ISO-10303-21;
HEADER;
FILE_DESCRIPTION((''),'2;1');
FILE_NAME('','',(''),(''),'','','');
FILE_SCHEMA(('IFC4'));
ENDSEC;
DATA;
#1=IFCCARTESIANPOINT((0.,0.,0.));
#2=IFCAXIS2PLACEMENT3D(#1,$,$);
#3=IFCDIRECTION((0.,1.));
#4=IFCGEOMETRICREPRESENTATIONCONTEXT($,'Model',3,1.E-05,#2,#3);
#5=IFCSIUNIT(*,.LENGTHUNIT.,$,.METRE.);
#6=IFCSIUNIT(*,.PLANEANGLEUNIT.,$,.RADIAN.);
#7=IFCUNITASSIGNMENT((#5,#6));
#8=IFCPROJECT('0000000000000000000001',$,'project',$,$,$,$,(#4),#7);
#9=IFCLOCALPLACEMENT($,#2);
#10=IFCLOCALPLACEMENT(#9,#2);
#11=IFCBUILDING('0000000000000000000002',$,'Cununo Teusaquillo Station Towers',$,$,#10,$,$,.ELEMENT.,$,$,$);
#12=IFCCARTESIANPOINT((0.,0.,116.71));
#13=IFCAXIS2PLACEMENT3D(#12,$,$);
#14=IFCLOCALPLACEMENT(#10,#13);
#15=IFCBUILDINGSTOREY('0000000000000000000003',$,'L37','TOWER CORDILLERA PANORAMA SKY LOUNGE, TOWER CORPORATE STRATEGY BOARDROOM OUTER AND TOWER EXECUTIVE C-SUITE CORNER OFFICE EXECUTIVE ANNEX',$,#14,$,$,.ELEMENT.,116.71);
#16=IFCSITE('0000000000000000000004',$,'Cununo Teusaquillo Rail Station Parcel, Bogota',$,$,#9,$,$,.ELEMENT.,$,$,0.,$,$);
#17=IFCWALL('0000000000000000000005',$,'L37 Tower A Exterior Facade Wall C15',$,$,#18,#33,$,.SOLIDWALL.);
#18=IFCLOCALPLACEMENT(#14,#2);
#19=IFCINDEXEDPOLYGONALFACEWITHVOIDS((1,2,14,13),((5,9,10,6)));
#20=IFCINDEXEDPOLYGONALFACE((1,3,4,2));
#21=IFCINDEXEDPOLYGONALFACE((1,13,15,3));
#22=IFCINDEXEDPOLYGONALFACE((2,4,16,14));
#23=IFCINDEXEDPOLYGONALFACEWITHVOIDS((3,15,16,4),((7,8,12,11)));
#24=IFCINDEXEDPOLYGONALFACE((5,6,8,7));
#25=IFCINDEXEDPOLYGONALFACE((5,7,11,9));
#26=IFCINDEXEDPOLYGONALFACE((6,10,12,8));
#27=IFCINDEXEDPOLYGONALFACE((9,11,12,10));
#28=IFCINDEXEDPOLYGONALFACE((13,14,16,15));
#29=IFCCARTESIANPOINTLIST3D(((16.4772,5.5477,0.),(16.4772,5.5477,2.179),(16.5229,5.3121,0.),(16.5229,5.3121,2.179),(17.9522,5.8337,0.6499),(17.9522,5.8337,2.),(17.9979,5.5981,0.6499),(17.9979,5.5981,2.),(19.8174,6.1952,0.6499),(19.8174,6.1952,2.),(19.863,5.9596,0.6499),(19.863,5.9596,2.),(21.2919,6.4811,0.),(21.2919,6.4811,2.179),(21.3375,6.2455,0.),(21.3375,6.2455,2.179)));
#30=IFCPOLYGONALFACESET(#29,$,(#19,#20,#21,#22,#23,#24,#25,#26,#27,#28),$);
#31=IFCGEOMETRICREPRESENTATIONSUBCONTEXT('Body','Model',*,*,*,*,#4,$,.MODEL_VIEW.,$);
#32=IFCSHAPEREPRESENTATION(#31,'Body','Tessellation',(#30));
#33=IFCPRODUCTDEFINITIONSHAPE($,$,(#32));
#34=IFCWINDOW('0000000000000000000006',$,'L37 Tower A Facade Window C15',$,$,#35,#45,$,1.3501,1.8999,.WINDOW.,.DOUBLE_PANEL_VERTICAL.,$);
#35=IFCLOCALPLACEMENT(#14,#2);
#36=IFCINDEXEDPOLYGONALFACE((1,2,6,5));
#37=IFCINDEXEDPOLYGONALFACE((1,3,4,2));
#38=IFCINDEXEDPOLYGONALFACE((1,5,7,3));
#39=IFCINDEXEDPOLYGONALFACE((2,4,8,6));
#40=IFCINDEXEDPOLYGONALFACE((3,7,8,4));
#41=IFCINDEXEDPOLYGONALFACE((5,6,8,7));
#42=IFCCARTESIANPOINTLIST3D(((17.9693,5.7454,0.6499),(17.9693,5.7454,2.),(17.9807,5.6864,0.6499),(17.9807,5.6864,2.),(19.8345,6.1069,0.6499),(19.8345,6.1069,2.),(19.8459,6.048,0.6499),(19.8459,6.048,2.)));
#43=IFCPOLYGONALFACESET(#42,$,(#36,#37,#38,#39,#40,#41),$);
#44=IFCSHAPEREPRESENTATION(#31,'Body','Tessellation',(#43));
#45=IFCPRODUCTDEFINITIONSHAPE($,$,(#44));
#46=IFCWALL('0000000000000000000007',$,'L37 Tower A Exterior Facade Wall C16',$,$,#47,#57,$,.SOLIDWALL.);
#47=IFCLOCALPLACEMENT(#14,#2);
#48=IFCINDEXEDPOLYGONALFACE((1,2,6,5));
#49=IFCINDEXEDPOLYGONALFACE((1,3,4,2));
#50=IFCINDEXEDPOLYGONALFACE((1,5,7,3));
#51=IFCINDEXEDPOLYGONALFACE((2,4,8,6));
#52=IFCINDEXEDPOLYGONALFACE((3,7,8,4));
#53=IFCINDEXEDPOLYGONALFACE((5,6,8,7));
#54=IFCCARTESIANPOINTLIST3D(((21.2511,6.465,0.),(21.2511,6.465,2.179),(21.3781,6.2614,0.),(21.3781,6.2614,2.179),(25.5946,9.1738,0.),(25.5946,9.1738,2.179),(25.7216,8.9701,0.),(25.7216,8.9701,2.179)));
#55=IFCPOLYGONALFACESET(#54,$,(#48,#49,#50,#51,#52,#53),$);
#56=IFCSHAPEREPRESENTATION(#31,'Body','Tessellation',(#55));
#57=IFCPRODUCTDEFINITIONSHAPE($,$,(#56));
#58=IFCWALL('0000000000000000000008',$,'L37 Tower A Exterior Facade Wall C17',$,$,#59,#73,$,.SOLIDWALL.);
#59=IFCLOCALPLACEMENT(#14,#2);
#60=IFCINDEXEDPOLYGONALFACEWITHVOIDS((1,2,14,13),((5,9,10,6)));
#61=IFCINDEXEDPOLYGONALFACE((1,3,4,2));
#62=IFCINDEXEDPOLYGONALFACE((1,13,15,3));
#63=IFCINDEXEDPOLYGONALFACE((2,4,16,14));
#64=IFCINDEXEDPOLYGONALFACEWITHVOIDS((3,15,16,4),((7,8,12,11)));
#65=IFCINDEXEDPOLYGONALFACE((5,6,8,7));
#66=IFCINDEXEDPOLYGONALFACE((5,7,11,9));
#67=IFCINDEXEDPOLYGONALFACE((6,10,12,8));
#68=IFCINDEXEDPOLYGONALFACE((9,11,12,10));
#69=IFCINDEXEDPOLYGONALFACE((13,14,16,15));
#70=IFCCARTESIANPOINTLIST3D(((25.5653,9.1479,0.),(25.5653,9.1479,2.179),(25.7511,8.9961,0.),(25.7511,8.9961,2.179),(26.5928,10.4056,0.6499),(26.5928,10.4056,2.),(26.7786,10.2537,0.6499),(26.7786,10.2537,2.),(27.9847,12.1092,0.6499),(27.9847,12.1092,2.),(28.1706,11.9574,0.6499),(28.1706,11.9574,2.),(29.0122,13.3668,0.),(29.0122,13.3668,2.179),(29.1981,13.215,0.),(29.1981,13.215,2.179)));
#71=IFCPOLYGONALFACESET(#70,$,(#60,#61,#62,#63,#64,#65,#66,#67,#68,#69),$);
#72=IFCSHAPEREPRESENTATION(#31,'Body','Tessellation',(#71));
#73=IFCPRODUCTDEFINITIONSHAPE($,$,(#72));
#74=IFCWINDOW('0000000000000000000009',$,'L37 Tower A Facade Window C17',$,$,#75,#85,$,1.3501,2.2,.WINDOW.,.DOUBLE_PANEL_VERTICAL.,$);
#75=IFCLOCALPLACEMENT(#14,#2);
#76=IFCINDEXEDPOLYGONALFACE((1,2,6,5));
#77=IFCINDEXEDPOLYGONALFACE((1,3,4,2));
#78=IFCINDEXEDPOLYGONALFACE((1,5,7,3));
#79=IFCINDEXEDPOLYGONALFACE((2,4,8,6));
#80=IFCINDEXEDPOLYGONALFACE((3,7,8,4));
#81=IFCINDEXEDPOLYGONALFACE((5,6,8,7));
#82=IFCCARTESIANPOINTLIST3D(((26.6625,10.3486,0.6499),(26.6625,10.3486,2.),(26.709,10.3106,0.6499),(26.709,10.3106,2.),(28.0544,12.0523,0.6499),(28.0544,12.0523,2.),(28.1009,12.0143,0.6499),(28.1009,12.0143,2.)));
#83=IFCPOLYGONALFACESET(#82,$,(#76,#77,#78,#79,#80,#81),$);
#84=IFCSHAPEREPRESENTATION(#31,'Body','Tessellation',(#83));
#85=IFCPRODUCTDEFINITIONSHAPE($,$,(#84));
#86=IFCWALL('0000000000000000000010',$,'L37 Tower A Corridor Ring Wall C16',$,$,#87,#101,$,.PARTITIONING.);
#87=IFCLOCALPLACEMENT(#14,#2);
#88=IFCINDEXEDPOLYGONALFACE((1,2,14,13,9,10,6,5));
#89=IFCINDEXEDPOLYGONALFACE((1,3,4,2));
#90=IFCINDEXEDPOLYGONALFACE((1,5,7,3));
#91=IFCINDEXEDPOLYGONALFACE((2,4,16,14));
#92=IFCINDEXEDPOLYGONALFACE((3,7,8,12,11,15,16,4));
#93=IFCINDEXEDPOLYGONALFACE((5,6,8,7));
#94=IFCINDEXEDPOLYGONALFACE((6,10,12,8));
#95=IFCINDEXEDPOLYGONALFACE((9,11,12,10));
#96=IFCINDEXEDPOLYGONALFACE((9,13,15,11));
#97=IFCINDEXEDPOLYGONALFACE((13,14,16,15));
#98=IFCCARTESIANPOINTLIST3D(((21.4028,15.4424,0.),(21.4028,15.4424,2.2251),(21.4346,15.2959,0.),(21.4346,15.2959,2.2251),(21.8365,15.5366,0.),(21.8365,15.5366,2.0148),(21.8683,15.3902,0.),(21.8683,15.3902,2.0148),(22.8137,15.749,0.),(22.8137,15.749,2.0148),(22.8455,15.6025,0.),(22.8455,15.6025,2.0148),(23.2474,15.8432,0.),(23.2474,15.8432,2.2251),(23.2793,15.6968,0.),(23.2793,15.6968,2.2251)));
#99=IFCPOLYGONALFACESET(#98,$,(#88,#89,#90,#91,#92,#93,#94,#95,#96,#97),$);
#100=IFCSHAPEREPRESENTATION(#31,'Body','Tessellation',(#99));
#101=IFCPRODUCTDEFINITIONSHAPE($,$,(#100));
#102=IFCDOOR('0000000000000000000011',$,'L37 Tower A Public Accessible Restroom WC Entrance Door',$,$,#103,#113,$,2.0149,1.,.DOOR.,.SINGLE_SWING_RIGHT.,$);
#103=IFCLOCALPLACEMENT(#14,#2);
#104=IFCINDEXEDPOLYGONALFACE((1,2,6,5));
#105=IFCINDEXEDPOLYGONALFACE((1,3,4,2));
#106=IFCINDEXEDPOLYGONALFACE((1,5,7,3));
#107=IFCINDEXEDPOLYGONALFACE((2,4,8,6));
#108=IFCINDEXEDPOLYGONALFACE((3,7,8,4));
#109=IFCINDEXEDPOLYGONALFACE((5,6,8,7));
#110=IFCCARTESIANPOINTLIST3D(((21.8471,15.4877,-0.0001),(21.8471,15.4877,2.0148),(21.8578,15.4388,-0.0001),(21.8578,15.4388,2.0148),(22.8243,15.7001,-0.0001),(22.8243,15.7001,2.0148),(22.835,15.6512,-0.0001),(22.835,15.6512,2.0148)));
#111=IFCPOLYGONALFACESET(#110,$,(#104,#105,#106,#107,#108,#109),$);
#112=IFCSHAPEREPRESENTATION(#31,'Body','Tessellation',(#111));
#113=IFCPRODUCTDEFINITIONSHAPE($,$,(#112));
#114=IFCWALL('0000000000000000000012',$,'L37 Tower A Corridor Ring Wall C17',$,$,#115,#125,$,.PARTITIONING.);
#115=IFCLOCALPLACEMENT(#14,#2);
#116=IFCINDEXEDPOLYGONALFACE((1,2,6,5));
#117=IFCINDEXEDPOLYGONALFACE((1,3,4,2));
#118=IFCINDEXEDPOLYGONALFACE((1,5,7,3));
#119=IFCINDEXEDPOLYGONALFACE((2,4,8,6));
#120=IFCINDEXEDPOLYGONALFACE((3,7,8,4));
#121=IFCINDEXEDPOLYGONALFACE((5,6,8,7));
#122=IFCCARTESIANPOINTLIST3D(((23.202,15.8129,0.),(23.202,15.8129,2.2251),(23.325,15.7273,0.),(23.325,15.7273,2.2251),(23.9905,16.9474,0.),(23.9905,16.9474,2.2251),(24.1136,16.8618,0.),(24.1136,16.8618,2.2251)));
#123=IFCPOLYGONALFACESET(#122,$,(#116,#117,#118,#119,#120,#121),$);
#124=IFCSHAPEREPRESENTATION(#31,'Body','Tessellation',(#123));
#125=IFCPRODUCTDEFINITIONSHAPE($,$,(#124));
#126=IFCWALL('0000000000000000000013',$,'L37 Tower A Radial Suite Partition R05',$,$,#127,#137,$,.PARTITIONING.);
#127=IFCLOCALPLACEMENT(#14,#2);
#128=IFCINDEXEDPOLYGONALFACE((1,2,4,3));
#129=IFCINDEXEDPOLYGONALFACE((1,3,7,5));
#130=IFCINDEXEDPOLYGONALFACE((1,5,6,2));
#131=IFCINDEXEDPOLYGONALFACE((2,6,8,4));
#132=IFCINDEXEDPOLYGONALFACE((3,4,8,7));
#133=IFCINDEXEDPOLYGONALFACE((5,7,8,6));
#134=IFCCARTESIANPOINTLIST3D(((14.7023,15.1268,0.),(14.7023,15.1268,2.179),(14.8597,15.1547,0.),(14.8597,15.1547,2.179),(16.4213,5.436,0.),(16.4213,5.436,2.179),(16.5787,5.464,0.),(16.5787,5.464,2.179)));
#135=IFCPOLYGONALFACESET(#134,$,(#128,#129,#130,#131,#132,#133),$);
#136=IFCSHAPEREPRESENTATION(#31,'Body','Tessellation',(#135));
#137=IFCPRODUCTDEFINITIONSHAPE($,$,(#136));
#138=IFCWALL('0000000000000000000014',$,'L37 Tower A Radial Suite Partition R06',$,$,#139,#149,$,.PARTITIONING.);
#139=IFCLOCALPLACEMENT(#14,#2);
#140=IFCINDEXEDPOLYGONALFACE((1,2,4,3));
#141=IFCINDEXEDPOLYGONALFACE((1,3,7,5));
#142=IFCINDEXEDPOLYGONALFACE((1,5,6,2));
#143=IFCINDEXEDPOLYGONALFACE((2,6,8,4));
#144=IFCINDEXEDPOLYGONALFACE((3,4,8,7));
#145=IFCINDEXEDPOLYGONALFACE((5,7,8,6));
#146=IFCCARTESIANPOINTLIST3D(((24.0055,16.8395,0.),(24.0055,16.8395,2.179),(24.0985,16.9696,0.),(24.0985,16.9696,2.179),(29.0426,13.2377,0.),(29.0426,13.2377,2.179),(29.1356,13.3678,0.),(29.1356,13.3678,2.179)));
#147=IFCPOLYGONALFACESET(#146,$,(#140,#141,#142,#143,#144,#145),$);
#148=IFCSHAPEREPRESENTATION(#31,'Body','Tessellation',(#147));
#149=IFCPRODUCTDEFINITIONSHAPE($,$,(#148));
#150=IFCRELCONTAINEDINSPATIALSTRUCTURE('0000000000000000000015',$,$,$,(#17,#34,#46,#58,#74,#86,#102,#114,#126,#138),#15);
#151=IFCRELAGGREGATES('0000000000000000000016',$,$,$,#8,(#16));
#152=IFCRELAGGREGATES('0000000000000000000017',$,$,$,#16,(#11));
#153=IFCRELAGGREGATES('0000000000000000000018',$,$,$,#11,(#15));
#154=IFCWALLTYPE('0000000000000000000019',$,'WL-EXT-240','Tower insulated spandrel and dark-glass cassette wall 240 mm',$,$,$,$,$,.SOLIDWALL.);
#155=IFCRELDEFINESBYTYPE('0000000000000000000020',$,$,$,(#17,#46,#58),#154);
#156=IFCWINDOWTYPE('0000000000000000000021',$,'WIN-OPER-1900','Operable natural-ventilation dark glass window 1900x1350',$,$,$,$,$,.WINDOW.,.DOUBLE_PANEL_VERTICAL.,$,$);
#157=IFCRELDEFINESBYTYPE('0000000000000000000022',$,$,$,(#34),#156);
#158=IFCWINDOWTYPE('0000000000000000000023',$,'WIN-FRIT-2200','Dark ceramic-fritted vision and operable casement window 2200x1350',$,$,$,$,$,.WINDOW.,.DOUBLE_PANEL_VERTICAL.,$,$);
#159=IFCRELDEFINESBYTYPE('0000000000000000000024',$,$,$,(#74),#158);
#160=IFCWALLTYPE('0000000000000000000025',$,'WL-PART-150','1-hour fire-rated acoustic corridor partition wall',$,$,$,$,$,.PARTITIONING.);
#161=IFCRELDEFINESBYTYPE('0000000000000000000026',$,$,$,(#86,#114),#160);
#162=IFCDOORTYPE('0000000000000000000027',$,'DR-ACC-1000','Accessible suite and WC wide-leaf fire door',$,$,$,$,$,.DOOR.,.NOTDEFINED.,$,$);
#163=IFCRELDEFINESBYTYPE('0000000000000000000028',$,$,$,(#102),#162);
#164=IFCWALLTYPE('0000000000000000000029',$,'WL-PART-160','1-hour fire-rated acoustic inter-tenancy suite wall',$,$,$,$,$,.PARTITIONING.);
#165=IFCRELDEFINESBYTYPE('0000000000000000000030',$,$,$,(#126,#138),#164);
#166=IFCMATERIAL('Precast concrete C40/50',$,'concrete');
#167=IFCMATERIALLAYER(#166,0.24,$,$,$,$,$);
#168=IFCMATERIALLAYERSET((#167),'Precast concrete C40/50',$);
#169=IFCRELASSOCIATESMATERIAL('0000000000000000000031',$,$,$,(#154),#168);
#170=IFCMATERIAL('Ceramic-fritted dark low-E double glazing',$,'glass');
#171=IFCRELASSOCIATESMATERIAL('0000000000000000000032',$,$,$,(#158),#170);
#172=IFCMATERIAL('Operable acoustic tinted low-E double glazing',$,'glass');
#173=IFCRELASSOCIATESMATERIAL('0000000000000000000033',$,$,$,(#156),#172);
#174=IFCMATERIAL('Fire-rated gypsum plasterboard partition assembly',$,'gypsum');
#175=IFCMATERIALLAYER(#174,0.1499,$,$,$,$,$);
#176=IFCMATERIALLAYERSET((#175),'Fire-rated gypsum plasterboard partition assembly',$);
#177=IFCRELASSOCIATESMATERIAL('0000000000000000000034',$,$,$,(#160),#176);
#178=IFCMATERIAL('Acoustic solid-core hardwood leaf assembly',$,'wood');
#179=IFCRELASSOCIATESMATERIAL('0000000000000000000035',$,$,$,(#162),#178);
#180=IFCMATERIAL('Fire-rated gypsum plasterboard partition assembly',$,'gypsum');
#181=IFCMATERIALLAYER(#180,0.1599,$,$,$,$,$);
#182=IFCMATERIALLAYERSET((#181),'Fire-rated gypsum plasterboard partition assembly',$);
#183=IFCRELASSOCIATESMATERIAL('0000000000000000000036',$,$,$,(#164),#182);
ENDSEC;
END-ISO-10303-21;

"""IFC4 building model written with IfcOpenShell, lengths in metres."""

from ifc_helpers import new_model, si_unit, direction, frame, frame_2d, origin, place, context, subcontext, project, spatial, rectangle, extrude, source, transform, mapped, material, layer, layer_set, type_object, element, fill, save


model = new_model("IFC4")

# Units and contexts
model_context = context("Model", 3, precision=1e-05, world=origin(), true_north=direction((0.0, 1.0)))
body_context = subcontext(model_context, "Body", "Model", "MODEL_VIEW")
ifc_project = project(units=[si_unit("LENGTHUNIT", "METRE"), si_unit("PLANEANGLEUNIT", "RADIAN")], contexts=[model_context])

# Site, building, storey
site_placement = place(None, origin())
site = spatial("IfcSite", under=ifc_project, at=site_placement, Name="Cununo Teusaquillo Rail Station Parcel, Bogota", CompositionType="ELEMENT", RefElevation=0.0)
building_placement = place(site_placement, origin())
building = spatial("IfcBuilding", under=site, at=building_placement, Name="Cununo Teusaquillo Station Towers", CompositionType="ELEMENT")
storey_placement = place(building_placement, frame((0.0, 0.0, 116.71)))
storey = spatial("IfcBuildingStorey", under=building, at=storey_placement, Name="L37", Description="TOWER CORDILLERA PANORAMA SKY LOUNGE, TOWER CORPORATE STRATEGY BOARDROOM OUTER AND TOWER EXECUTIVE C-SUITE CORNER OFFICE EXECUTIVE ANNEX", CompositionType="ELEMENT", Elevation=116.71)

# Wall, opening, window
ifc_material_1 = material(Name="Precast concrete C40/50", Category="concrete")
ifc_layer_1 = layer(ifc_material_1, 0.24)
ifc_layer_set_1 = layer_set([ifc_layer_1], Name="Precast concrete C40/50")
wall_type_1 = type_object("IfcWallType", Name="WL-EXT-240", Description="Tower insulated spandrel and dark-glass cassette wall 240 mm", PredefinedType="SOLIDWALL", material=ifc_layer_set_1)
shared_shape_1 = source(origin(), body_context, "Body", "SweptSolid", [
    extrude(rectangle(XDim=2.2, YDim=1.3501, at=frame_2d((1.1001, 0.675))), frame((0.0, 0.1299, 0.0), z_axis=(0.0, -1.0, 0.0), x_axis=(1.0, 0.0, 0.0)), (0.0, 0.0, 1.0), 0.26),
])
ifc_material_2 = material(Name="Ceramic-fritted dark low-E double glazing", Category="glass")
window_type_1 = type_object("IfcWindowType", Name="WIN-FRIT-2200", Description="Dark ceramic-fritted vision and operable casement window 2200x1350", PartitioningType="DOUBLE_PANEL_VERTICAL", PredefinedType="WINDOW", material=ifc_material_2)
shared_shape_2 = source(origin(), body_context, "Body", "SweptSolid", [
    extrude(rectangle(XDim=2.2, YDim=1.3501, at=frame_2d((1.1001, 0.675))), frame((0.0, 0.03, 0.0), z_axis=(0.0, -1.0, 0.0), x_axis=(1.0, 0.0, 0.0)), (0.0, 0.0, 1.0), 0.0601),
])
wall_1_placement = place(storey_placement, frame((21.3147, 6.3633, 0.0), z_axis=(0.0, 0.0, 1.0), x_axis=(-0.981724, -0.190311, 0.0)))
wall_1 = element("IfcWall", 1, at=wall_1_placement, inside=storey, type_object=wall_type_1, Name="L37 Tower A Exterior Facade Wall C15", PredefinedType="SOLIDWALL", context=body_context, shape_type="SweptSolid", body=[
    extrude(rectangle(XDim=4.9043, YDim=0.24, at=frame_2d((2.4521, 0.0))), origin(), (0.0, 0.0, 1.0), 2.179),
])
shared_shape_3 = source(origin(), body_context, "Body", "SweptSolid", [
    extrude(rectangle(XDim=1.8999, YDim=1.3501, at=frame_2d((0.95, 0.675))), frame((0.0, 0.1299, 0.0), z_axis=(0.0, -1.0, 0.0), x_axis=(1.0, 0.0, 0.0)), (0.0, 0.0, 1.0), 0.26),
])
opening_1_placement = place(wall_1_placement, frame((1.502, 0.0, 0.6499)))
opening_1 = element("IfcOpeningElement", 2, at=opening_1_placement, cuts=wall_1, PredefinedType="OPENING", context=body_context, shape_type="MappedRepresentation", body=[
    mapped(shared_shape_3, transform((0.0, 0.0, 0.0), x_axis=(1.0, 0.0, 0.0), y_axis=(0.0, 1.0, 0.0), z_axis=(0.0, 0.0, 1.0), scale=1.0)),
])
ifc_material_3 = material(Name="Operable acoustic tinted low-E double glazing", Category="glass")
window_type_2 = type_object("IfcWindowType", Name="WIN-OPER-1900", Description="Operable natural-ventilation dark glass window 1900x1350", PartitioningType="DOUBLE_PANEL_VERTICAL", PredefinedType="WINDOW", material=ifc_material_3)
shared_shape_4 = source(origin(), body_context, "Body", "SweptSolid", [
    extrude(rectangle(XDim=1.8999, YDim=1.3501, at=frame_2d((0.95, 0.675))), frame((0.0, 0.03, 0.0), z_axis=(0.0, -1.0, 0.0), x_axis=(1.0, 0.0, 0.0)), (0.0, 0.0, 1.0), 0.0601),
])
window_1_placement = place(opening_1_placement, origin())
window_1 = element("IfcWindow", 3, at=window_1_placement, inside=storey, type_object=window_type_2, Name="L37 Tower A Facade Window C15", OverallHeight=1.3501, OverallWidth=1.8999, PartitioningType="DOUBLE_PANEL_VERTICAL", PredefinedType="WINDOW", context=body_context, shape_type="MappedRepresentation", body=[
    mapped(shared_shape_4, transform((0.0, 0.0, 0.0), x_axis=(1.0, 0.0, 0.0), y_axis=(0.0, 1.0, 0.0), z_axis=(0.0, 0.0, 1.0), scale=1.0)),
])
fill(opening_1, window_1)

# Wall
wall_2_placement = place(storey_placement, frame((25.6582, 9.072, 0.0), z_axis=(0.0, 0.0, 1.0), x_axis=(-0.84852, -0.529163, 0.0)))
element("IfcWall", 4, at=wall_2_placement, inside=storey, type_object=wall_type_1, Name="L37 Tower A Exterior Facade Wall C16", PredefinedType="SOLIDWALL", context=body_context, shape_type="SweptSolid", body=[
    extrude(rectangle(XDim=5.1189, YDim=0.24, at=frame_2d((2.5596, 0.0))), origin(), (0.0, 0.0, 1.0), 2.179),
])

# Wall, opening, window
wall_3_placement = place(storey_placement, frame((29.1052, 13.291, 0.0), z_axis=(0.0, 0.0, 1.0), x_axis=(-0.632701, -0.774396, 0.0)))
wall_3 = element("IfcWall", 5, at=wall_3_placement, inside=storey, type_object=wall_type_1, Name="L37 Tower A Exterior Facade Wall C17", PredefinedType="SOLIDWALL", context=body_context, shape_type="SweptSolid", body=[
    extrude(rectangle(XDim=5.448, YDim=0.24, at=frame_2d((2.7241, 0.0))), origin(), (0.0, 0.0, 1.0), 2.179),
])
opening_2_placement = place(wall_3_placement, frame((1.624, 0.0, 0.6499)))
opening_2 = element("IfcOpeningElement", 6, at=opening_2_placement, cuts=wall_3, PredefinedType="OPENING", context=body_context, shape_type="MappedRepresentation", body=[
    mapped(shared_shape_1, transform((0.0, 0.0, 0.0), x_axis=(1.0, 0.0, 0.0), y_axis=(0.0, 1.0, 0.0), z_axis=(0.0, 0.0, 1.0), scale=1.0)),
])
window_2_placement = place(opening_2_placement, origin())
window_2 = element("IfcWindow", 7, at=window_2_placement, inside=storey, type_object=window_type_1, Name="L37 Tower A Facade Window C17", OverallHeight=1.3501, OverallWidth=2.2, PartitioningType="DOUBLE_PANEL_VERTICAL", PredefinedType="WINDOW", context=body_context, shape_type="MappedRepresentation", body=[
    mapped(shared_shape_2, transform((0.0, 0.0, 0.0), x_axis=(1.0, 0.0, 0.0), y_axis=(0.0, 1.0, 0.0), z_axis=(0.0, 0.0, 1.0), scale=1.0)),
])
fill(opening_2, window_2)

# Wall, opening, door
ifc_material_4 = material(Name="Fire-rated gypsum plasterboard partition assembly", Category="gypsum")
ifc_layer_2 = layer(ifc_material_4, 0.1499)
ifc_layer_set_2 = layer_set([ifc_layer_2], Name="Fire-rated gypsum plasterboard partition assembly")
wall_type_2 = type_object("IfcWallType", Name="WL-PART-150", Description="1-hour fire-rated acoustic corridor partition wall", PredefinedType="PARTITIONING", material=ifc_layer_set_2)
wall_4_placement = place(storey_placement, frame((21.4187, 15.3691, 0.0), z_axis=(0.0, 0.0, 1.0), x_axis=(0.977193, 0.212354, 0.0)))
wall_4 = element("IfcWall", 8, at=wall_4_placement, inside=storey, type_object=wall_type_2, Name="L37 Tower A Corridor Ring Wall C16", PredefinedType="PARTITIONING", context=body_context, shape_type="SweptSolid", body=[
    extrude(rectangle(XDim=1.8877, YDim=0.1499, at=frame_2d((0.9438, 0.0))), origin(), (0.0, 0.0, 1.0), 2.2251),
])
shared_shape_5 = source(origin(), body_context, "Body", "SweptSolid", [
    extrude(rectangle(XDim=1.0, YDim=2.0149, at=frame_2d((0.5, 1.0073))), frame((0.0, 0.085, 0.0), z_axis=(0.0, -1.0, 0.0), x_axis=(1.0, 0.0, 0.0)), (0.0, 0.0, 1.0), 0.1699),
])
opening_3_placement = place(wall_4_placement, frame((0.4438, 0.0, 0.0)))
opening_3 = element("IfcOpeningElement", 9, at=opening_3_placement, cuts=wall_4, PredefinedType="OPENING", context=body_context, shape_type="MappedRepresentation", body=[
    mapped(shared_shape_5, transform((0.0, 0.0, 0.0), x_axis=(1.0, 0.0, 0.0), y_axis=(0.0, 1.0, 0.0), z_axis=(0.0, 0.0, 1.0), scale=1.0)),
])
ifc_material_5 = material(Name="Acoustic solid-core hardwood leaf assembly", Category="wood")
door_type = type_object("IfcDoorType", Name="DR-ACC-1000", Description="Accessible suite and WC wide-leaf fire door", OperationType="NOTDEFINED", PredefinedType="DOOR", material=ifc_material_5)
shared_shape_6 = source(origin(), body_context, "Body", "SweptSolid", [
    extrude(rectangle(XDim=1.0, YDim=2.0149, at=frame_2d((0.5, 1.0073))), frame((0.0, 0.0249, 0.0), z_axis=(0.0, -1.0, 0.0), x_axis=(1.0, 0.0, 0.0)), (0.0, 0.0, 1.0), 0.05),
])
door_placement = place(opening_3_placement, origin())
door = element("IfcDoor", 10, at=door_placement, inside=storey, type_object=door_type, Name="L37 Tower A Public Accessible Restroom WC Entrance Door", OperationType="SINGLE_SWING_RIGHT", OverallHeight=2.0149, OverallWidth=1.0, PredefinedType="DOOR", context=body_context, shape_type="MappedRepresentation", body=[
    mapped(shared_shape_6, transform((0.0, 0.0, 0.0), x_axis=(1.0, 0.0, 0.0), y_axis=(0.0, 1.0, 0.0), z_axis=(0.0, 0.0, 1.0), scale=1.0)),
])
fill(opening_3, door)

# Walls
wall_5_placement = place(storey_placement, frame((23.2634, 15.77, 0.0), z_axis=(0.0, 0.0, 1.0), x_axis=(0.570743, 0.821128, 0.0)))
element("IfcWall", 11, at=wall_5_placement, inside=storey, type_object=wall_type_2, Name="L37 Tower A Corridor Ring Wall C17", PredefinedType="PARTITIONING", context=body_context, shape_type="SweptSolid", body=[
    extrude(rectangle(XDim=1.3816, YDim=0.1499, at=frame_2d((0.6909, 0.0))), origin(), (0.0, 0.0, 1.0), 2.2251),
])
ifc_material_6 = material(Name="Fire-rated gypsum plasterboard partition assembly", Category="gypsum")
ifc_layer_3 = layer(ifc_material_6, 0.1599)
ifc_layer_set_3 = layer_set([ifc_layer_3], Name="Fire-rated gypsum plasterboard partition assembly")
wall_type_3 = type_object("IfcWallType", Name="WL-PART-160", Description="1-hour fire-rated acoustic inter-tenancy suite wall", PredefinedType="PARTITIONING", material=ifc_layer_set_3)
wall_6_placement = place(storey_placement, frame((14.781, 15.1406, 0.0), z_axis=(0.0, 0.0, 1.0), x_axis=(0.17466, -0.984629, 0.0)))
element("IfcWall", 12, at=wall_6_placement, inside=storey, type_object=wall_type_3, Name="L37 Tower A Radial Suite Partition R05", PredefinedType="PARTITIONING", context=body_context, shape_type="SweptSolid", body=[
    extrude(rectangle(XDim=9.842, YDim=0.1599, at=frame_2d((4.9209, 0.0))), origin(), (0.0, 0.0, 1.0), 2.179),
])
wall_7_placement = place(storey_placement, frame((24.052, 16.9045, 0.0), z_axis=(0.0, 0.0, 1.0), x_axis=(0.813438, -0.581652, 0.0)))
element("IfcWall", 13, at=wall_7_placement, inside=storey, type_object=wall_type_3, Name="L37 Tower A Radial Suite Partition R06", PredefinedType="PARTITIONING", context=body_context, shape_type="SweptSolid", body=[
    extrude(rectangle(XDim=6.1924, YDim=0.1599, at=frame_2d((3.0962, 0.0))), origin(), (0.0, 0.0, 1.0), 2.179),
])

save(model, "model.ifc")
